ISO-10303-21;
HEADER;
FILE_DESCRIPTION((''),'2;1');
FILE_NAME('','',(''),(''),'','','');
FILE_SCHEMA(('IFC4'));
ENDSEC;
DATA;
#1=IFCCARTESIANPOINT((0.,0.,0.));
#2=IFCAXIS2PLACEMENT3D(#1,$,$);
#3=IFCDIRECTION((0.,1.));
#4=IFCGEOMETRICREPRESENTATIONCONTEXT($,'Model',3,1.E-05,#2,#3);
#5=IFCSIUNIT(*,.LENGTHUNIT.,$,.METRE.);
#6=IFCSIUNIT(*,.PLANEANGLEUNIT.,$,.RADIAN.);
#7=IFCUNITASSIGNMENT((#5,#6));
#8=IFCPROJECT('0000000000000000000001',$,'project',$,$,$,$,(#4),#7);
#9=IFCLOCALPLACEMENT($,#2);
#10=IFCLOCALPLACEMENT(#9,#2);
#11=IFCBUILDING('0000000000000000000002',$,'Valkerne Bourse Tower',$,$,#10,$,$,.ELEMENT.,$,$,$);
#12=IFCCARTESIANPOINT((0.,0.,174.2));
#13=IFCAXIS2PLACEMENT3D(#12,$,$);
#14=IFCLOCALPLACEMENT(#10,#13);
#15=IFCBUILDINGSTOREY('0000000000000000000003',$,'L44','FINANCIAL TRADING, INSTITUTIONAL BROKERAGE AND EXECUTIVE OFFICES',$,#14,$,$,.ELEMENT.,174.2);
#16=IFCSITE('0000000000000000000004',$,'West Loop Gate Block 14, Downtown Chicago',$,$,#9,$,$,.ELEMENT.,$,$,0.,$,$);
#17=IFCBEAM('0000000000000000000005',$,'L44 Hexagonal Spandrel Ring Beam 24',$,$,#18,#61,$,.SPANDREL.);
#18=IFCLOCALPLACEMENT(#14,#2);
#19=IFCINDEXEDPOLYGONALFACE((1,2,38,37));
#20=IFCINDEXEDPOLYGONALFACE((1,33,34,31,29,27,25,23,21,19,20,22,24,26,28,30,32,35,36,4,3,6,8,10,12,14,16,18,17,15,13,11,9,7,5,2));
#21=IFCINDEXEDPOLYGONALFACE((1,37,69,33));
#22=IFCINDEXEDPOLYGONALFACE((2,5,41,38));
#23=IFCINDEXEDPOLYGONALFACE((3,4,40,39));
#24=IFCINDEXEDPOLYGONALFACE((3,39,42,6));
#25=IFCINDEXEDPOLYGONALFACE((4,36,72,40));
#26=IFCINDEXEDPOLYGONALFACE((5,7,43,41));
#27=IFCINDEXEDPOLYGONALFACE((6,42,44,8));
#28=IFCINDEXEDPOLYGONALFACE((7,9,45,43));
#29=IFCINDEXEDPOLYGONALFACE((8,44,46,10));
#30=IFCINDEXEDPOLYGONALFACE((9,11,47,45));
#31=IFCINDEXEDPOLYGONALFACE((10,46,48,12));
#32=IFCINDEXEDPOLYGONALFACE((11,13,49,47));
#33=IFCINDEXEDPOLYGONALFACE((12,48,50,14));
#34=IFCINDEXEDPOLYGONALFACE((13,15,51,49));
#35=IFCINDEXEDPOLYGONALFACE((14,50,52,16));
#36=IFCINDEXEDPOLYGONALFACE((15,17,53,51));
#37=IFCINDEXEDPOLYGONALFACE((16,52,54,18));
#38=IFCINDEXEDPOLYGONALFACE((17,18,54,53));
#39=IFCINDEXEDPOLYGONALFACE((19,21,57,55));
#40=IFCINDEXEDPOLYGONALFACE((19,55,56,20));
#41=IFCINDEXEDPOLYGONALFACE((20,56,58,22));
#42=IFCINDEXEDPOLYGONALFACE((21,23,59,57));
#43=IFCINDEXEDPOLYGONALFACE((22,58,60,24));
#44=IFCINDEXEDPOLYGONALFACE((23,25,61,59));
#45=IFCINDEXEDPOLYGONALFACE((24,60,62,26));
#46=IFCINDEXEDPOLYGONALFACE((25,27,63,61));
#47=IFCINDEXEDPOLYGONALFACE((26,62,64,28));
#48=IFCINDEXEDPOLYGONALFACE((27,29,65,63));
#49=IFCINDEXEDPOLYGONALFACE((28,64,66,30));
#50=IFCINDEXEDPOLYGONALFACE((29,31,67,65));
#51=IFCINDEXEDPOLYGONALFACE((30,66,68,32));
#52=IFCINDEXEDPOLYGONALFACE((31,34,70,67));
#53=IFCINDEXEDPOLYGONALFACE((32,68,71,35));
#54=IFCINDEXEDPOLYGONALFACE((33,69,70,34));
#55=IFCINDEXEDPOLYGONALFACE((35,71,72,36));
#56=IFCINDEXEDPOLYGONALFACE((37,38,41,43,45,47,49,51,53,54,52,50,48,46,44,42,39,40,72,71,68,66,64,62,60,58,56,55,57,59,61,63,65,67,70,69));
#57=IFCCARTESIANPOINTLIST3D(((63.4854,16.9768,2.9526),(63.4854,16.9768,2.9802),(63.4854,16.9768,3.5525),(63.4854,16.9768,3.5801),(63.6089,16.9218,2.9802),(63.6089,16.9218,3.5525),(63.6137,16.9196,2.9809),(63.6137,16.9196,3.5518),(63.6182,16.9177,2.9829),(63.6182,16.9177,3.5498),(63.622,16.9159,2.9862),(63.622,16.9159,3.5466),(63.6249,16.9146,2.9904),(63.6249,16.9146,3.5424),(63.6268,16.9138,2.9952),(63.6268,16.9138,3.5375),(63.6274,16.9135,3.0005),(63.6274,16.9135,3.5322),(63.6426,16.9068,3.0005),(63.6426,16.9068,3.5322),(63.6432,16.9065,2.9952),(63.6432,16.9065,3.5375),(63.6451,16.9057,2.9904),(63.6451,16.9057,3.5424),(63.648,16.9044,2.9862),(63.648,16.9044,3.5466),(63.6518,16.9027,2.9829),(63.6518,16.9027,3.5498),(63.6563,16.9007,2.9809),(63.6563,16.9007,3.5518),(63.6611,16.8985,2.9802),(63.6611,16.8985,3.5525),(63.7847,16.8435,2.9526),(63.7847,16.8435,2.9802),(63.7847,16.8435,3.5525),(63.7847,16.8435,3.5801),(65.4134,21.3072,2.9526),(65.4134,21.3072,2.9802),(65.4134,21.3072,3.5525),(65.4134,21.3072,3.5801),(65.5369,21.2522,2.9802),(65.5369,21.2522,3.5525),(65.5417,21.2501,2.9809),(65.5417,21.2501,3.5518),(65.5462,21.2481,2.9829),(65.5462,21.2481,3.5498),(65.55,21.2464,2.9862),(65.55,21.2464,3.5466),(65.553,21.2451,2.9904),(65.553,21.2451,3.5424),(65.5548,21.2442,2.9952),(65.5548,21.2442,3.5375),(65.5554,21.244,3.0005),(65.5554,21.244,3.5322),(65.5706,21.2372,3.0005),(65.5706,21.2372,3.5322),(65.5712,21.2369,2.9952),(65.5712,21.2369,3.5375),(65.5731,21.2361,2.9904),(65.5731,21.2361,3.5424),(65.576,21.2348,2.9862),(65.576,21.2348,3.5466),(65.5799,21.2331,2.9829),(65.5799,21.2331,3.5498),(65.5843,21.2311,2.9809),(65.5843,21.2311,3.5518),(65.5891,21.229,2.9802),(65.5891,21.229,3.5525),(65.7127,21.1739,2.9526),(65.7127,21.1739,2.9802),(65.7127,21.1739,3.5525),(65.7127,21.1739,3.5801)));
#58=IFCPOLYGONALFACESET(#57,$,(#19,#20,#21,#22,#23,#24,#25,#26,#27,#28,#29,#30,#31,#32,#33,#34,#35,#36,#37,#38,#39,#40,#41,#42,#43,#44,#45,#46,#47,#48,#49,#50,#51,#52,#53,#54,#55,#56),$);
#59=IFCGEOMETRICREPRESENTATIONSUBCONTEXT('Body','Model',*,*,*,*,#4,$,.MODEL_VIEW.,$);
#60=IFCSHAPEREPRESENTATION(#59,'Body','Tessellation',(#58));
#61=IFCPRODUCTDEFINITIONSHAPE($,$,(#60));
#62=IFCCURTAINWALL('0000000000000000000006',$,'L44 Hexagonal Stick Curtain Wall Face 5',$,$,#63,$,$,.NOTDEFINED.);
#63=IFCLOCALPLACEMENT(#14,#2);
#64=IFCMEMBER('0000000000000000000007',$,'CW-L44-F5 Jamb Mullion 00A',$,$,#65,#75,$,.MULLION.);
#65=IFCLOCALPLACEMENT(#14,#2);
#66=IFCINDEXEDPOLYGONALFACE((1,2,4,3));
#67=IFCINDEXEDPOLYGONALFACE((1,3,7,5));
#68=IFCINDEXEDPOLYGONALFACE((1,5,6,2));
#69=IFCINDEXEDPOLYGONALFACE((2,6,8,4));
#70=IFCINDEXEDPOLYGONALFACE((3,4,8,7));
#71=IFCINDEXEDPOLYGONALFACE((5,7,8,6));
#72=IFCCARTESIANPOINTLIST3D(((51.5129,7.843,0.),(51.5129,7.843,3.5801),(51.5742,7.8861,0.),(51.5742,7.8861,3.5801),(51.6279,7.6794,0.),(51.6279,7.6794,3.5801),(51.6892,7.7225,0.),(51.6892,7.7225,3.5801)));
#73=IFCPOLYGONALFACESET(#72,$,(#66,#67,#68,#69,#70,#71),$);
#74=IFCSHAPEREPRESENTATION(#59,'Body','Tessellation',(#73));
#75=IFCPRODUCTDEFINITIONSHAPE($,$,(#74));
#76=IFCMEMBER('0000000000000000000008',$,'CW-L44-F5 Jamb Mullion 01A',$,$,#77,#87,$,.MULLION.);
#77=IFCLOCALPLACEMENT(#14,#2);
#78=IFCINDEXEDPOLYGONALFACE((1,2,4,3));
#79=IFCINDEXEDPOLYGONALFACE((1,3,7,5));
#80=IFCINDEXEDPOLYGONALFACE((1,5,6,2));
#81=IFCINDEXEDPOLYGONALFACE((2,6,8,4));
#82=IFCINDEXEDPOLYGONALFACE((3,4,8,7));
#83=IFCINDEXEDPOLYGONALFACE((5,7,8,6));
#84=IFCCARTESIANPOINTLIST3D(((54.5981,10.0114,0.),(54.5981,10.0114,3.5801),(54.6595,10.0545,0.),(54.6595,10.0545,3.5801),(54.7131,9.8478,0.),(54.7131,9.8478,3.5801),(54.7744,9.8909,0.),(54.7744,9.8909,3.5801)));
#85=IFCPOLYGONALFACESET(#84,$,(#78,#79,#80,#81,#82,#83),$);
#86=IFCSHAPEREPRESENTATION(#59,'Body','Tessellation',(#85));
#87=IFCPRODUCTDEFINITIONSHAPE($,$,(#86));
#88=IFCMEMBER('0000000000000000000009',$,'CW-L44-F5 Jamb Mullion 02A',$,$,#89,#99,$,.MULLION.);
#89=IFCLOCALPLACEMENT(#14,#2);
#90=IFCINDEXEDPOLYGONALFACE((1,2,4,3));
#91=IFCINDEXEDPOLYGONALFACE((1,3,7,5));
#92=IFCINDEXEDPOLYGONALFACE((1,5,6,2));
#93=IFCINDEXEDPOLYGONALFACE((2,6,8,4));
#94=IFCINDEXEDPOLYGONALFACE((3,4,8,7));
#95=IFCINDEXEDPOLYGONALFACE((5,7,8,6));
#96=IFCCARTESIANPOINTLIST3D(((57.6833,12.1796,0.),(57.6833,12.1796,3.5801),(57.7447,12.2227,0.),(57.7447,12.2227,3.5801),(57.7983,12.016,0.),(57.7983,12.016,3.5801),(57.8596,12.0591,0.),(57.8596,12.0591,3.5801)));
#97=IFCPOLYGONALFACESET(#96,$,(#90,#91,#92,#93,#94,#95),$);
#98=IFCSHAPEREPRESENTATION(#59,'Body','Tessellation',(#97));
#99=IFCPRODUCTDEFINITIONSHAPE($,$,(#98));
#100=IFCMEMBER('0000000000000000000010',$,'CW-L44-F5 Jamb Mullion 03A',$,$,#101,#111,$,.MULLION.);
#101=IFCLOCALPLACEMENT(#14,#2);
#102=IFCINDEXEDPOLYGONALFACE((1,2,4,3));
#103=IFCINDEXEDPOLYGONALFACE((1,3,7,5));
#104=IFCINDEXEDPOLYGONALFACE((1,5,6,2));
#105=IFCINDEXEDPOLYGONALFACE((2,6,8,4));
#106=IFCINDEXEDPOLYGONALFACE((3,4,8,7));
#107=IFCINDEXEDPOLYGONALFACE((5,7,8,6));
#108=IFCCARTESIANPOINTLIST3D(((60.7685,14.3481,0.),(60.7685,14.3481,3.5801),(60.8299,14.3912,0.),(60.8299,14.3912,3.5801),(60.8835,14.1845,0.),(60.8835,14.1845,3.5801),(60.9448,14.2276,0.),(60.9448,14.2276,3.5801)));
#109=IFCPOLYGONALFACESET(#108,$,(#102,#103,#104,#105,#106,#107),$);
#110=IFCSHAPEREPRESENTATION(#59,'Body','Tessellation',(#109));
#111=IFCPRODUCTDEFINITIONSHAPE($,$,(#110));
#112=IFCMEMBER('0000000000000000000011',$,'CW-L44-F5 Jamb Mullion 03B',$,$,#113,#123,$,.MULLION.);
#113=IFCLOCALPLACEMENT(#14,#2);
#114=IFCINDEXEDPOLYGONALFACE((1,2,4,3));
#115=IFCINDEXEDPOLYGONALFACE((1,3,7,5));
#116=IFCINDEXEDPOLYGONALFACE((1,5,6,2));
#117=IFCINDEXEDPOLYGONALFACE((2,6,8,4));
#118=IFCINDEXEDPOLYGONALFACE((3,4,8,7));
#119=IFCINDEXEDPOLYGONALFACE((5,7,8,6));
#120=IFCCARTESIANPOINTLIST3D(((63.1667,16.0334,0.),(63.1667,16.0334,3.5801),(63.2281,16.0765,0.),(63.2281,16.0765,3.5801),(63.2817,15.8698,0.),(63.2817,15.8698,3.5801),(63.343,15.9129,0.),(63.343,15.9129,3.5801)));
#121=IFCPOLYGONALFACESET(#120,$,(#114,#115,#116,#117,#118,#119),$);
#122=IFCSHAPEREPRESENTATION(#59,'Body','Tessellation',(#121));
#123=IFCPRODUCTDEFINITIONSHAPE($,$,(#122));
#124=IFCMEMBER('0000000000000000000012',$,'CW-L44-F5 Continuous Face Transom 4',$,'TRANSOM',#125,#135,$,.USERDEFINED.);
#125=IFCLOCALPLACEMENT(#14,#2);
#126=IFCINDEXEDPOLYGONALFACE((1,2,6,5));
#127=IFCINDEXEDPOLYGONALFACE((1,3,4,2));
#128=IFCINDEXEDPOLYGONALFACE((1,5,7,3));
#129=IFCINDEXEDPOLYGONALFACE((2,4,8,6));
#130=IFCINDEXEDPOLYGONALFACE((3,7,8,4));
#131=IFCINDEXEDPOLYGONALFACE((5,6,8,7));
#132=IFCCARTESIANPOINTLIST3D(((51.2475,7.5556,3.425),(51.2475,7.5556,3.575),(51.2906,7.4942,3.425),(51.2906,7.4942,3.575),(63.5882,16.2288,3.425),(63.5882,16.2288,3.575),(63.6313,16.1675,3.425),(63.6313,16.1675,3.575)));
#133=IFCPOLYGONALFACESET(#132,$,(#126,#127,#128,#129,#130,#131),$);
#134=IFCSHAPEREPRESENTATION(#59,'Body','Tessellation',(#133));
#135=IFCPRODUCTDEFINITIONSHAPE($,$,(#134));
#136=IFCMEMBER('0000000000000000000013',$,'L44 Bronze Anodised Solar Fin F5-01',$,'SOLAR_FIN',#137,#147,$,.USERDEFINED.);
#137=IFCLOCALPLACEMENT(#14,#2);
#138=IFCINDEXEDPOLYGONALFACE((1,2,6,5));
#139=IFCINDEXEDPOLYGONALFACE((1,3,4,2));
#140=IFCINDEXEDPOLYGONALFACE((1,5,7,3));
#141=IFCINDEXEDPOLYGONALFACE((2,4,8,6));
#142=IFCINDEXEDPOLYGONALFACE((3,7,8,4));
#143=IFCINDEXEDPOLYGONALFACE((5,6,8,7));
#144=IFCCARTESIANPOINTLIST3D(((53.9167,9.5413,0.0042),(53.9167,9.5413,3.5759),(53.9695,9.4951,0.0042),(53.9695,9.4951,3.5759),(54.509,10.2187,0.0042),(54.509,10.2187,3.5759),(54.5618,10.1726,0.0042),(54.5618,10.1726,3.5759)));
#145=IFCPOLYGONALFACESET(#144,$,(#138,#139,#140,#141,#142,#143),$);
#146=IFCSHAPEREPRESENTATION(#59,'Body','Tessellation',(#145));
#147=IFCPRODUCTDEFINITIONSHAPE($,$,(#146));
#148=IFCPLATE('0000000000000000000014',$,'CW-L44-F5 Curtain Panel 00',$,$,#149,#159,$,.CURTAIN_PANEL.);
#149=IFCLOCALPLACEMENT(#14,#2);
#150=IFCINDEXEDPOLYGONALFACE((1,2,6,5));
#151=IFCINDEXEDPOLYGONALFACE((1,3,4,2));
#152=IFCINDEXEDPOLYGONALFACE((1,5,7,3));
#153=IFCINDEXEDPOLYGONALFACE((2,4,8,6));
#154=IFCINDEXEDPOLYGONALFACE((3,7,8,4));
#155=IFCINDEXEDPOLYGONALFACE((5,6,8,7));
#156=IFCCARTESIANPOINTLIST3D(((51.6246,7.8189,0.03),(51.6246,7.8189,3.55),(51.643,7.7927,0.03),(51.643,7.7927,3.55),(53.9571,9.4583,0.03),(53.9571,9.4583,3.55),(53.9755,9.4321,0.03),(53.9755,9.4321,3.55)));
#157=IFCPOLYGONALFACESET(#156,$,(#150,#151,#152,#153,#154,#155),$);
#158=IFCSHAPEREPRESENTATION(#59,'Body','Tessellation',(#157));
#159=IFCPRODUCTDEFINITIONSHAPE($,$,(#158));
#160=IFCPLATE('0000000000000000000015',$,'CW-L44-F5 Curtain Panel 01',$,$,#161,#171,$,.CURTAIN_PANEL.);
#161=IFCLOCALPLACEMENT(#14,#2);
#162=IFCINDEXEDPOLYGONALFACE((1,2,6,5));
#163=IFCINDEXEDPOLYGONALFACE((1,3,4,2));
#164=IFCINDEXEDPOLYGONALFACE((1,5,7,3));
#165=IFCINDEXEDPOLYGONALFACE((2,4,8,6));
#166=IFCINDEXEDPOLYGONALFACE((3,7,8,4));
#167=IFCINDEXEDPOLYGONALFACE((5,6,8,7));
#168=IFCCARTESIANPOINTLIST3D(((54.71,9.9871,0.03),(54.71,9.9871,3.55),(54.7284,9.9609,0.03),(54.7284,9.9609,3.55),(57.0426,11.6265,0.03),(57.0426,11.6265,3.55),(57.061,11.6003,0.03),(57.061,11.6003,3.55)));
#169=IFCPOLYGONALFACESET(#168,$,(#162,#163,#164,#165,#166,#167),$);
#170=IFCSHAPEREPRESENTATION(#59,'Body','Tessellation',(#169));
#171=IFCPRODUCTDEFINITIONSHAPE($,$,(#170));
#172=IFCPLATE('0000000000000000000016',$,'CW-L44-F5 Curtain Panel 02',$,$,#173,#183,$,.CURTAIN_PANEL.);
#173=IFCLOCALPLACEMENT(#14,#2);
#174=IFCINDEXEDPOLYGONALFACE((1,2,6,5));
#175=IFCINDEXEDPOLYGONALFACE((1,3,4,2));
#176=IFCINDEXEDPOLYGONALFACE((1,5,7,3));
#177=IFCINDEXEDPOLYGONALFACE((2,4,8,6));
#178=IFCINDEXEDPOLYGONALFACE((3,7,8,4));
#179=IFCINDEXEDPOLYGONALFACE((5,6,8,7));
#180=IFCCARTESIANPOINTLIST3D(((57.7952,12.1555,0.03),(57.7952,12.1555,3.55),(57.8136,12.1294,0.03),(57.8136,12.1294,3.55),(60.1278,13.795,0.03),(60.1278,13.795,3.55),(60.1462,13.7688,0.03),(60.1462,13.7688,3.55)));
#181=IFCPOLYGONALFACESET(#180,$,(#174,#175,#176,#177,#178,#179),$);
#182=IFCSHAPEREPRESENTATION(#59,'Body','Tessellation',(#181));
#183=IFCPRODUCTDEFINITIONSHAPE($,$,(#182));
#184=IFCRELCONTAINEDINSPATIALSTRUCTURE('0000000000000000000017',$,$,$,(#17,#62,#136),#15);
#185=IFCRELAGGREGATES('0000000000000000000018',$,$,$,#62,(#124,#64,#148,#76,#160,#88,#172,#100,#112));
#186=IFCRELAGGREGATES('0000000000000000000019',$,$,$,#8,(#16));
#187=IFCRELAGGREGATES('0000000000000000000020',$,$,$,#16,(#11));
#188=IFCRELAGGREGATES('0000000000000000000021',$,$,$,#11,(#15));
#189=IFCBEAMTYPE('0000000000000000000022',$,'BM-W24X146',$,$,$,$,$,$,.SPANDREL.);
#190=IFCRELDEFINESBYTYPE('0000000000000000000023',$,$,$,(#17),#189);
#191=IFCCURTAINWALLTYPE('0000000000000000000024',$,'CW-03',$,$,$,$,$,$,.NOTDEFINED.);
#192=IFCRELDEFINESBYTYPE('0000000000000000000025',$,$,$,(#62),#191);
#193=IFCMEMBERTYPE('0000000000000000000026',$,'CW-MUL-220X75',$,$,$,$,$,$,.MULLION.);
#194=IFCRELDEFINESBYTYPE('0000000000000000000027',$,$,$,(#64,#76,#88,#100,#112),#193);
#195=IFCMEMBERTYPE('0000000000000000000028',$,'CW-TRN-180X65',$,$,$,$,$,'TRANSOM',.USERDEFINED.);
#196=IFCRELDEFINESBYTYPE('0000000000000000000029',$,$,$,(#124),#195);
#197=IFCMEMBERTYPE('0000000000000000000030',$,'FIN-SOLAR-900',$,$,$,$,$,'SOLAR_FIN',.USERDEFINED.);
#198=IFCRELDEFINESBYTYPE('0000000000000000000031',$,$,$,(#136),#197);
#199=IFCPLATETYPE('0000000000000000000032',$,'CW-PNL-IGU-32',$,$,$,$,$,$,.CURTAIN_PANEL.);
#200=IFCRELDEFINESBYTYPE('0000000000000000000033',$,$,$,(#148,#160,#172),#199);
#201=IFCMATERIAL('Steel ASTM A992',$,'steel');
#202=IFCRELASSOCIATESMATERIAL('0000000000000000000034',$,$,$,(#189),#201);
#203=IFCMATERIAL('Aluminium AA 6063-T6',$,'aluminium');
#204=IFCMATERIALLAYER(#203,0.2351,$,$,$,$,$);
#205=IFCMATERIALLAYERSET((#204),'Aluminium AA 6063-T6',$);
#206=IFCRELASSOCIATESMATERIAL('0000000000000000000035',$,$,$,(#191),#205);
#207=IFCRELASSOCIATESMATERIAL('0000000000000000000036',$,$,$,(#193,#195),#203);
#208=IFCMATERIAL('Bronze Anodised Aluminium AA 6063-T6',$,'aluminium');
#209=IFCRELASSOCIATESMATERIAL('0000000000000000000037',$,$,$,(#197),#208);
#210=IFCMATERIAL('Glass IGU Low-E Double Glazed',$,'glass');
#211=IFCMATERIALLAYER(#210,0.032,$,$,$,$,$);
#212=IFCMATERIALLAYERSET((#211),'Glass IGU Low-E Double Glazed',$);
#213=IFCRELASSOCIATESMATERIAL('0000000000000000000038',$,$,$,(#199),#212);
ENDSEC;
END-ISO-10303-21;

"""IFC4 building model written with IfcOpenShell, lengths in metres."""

from ifc_helpers import new_model, si_unit, direction, frame, origin, origin_2d, place, context, subcontext, project, spatial, rectangle, i_section, extrude, material, layer, layer_set, material_profile, profile_set, type_object, element, aggregate, save


model = new_model("IFC4")

# Units and contexts
model_context = context("Model", 3, precision=1e-05, world=origin(), true_north=direction((0.0, 1.0)))
body_context = subcontext(model_context, "Body", "Model", "MODEL_VIEW")
ifc_project = project(units=[si_unit("LENGTHUNIT", "METRE"), si_unit("PLANEANGLEUNIT", "RADIAN")], contexts=[model_context])

# Site, building, storey
site_placement = place(None, origin())
site = spatial("IfcSite", under=ifc_project, at=site_placement, Name="West Loop Gate Block 14, Downtown Chicago", CompositionType="ELEMENT", RefElevation=0.0)
building_placement = place(site_placement, origin())
building = spatial("IfcBuilding", under=site, at=building_placement, Name="Valkerne Bourse Tower", CompositionType="ELEMENT")
storey_placement = place(building_placement, frame((0.0, 0.0, 174.2)))
storey = spatial("IfcBuildingStorey", under=building, at=storey_placement, Name="L44", Description="FINANCIAL TRADING, INSTITUTIONAL BROKERAGE AND EXECUTIVE OFFICES", CompositionType="ELEMENT", Elevation=174.2)

# Beam
ifc_material_1 = material(Name="Steel ASTM A992", Category="steel")
ifc_material_profile_1 = material_profile(ifc_material_1, i_section(OverallWidth=0.3276, OverallDepth=0.6274, WebThickness=0.0166, FlangeThickness=0.0276, FilletRadius=0.0203, at=origin_2d()), Name="W24X146")
ifc_profile_set_1 = profile_set([ifc_material_profile_1], Name="Steel ASTM A992")
beam_type = type_object("IfcBeamType", Name="BM-W24X146", PredefinedType="SPANDREL", material=ifc_profile_set_1)
beam_1_placement = place(storey_placement, frame((63.635, 16.9102, 3.2664), z_axis=(0.406736, 0.913546, 0.0), x_axis=(-0.913546, 0.406736, 0.0)))
element("IfcBeam", 1, at=beam_1_placement, inside=storey, type_object=beam_type, Name="L44 Hexagonal Spandrel Ring Beam 24", PredefinedType="SPANDREL", context=body_context, shape_type="SweptSolid", body=[
    extrude(i_section(OverallWidth=0.3276, OverallDepth=0.6274, WebThickness=0.0166, FlangeThickness=0.0276, FilletRadius=0.0203, at=origin_2d()), origin(), (0.0, 0.0, 1.0), 4.7402),
])

# Curtain wall, members
ifc_material_2 = material(Name="Aluminium AA 6063-T6", Category="aluminium")
ifc_layer_1 = layer(ifc_material_2, 0.2351)
ifc_layer_set_1 = layer_set([ifc_layer_1], Name="Aluminium AA 6063-T6")
curtain_wall_type = type_object("IfcCurtainWallType", Name="CW-03", PredefinedType="NOTDEFINED", material=ifc_layer_set_1)
curtain_wall_placement = place(storey_placement, origin())
curtain_wall = element("IfcCurtainWall", 2, at=curtain_wall_placement, inside=storey, type_object=curtain_wall_type, Name="L44 Hexagonal Stick Curtain Wall Face 5", PredefinedType="NOTDEFINED")
ifc_material_profile_2 = material_profile(ifc_material_2, rectangle(XDim=0.075, YDim=0.2, at=origin_2d()), Name="CWM-75X200")
ifc_profile_set_2 = profile_set([ifc_material_profile_2], Name="Aluminium AA 6063-T6")
member_type_1 = type_object("IfcMemberType", Name="CW-MUL-220X75", PredefinedType="MULLION", material=ifc_profile_set_2)
member_1_placement = place(storey_placement, frame((51.6011, 7.7827, 0.0), z_axis=(0.0, 0.0, 1.0), x_axis=(0.818139, 0.57502, 0.0)))
member_1 = element("IfcMember", 3, at=member_1_placement, type_object=member_type_1, Name="CW-L44-F5 Jamb Mullion 00A", PredefinedType="MULLION", context=body_context, shape_type="SweptSolid", body=[
    extrude(rectangle(XDim=0.075, YDim=0.2, at=origin_2d()), origin(), (0.0, 0.0, 1.0), 3.5801),
])
member_2_placement = place(storey_placement, frame((54.6863, 9.9512, 0.0), z_axis=(0.0, 0.0, 1.0), x_axis=(0.81816, 0.57499, 0.0)))
member_2 = element("IfcMember", 4, at=member_2_placement, type_object=member_type_1, Name="CW-L44-F5 Jamb Mullion 01A", PredefinedType="MULLION", context=body_context, shape_type="SweptSolid", body=[
    extrude(rectangle(XDim=0.075, YDim=0.2, at=origin_2d()), origin(), (0.0, 0.0, 1.0), 3.5801),
])
member_3_placement = place(storey_placement, frame((57.7715, 12.1194, 0.0), z_axis=(0.0, 0.0, 1.0), x_axis=(0.818139, 0.57502, 0.0)))
member_3 = element("IfcMember", 5, at=member_3_placement, type_object=member_type_1, Name="CW-L44-F5 Jamb Mullion 02A", PredefinedType="MULLION", context=body_context, shape_type="SweptSolid", body=[
    extrude(rectangle(XDim=0.075, YDim=0.2, at=origin_2d()), origin(), (0.0, 0.0, 1.0), 3.5801),
])
member_4_placement = place(storey_placement, frame((60.8567, 14.2878, 0.0), z_axis=(0.0, 0.0, 1.0), x_axis=(0.818152, 0.575003, 0.0)))
member_4 = element("IfcMember", 6, at=member_4_placement, type_object=member_type_1, Name="CW-L44-F5 Jamb Mullion 03A", PredefinedType="MULLION", context=body_context, shape_type="SweptSolid", body=[
    extrude(rectangle(XDim=0.075, YDim=0.2, at=origin_2d()), origin(), (0.0, 0.0, 1.0), 3.5801),
])
member_5_placement = place(storey_placement, frame((63.2549, 15.9731, 0.0), z_axis=(0.0, 0.0, 1.0), x_axis=(0.818152, 0.575003, 0.0)))
member_5 = element("IfcMember", 7, at=member_5_placement, type_object=member_type_1, Name="CW-L44-F5 Jamb Mullion 03B", PredefinedType="MULLION", context=body_context, shape_type="SweptSolid", body=[
    extrude(rectangle(XDim=0.075, YDim=0.2, at=origin_2d()), origin(), (0.0, 0.0, 1.0), 3.5801),
])
ifc_material_profile_3 = material_profile(ifc_material_2, rectangle(XDim=0.075, YDim=0.1499, at=origin_2d()), Name="CWT-75X150")
ifc_profile_set_3 = profile_set([ifc_material_profile_3], Name="Aluminium AA 6063-T6")
member_type_2 = type_object("IfcMemberType", Name="CW-TRN-180X65", ElementType="TRANSOM", PredefinedType="USERDEFINED", material=ifc_profile_set_3)
member_6_placement = place(storey_placement, frame((51.269, 7.5249, 3.5), z_axis=(0.818148, 0.575008, 0.0), x_axis=(-0.575008, 0.818148, 0.0)))
member_6 = element("IfcMember", 8, at=member_6_placement, type_object=member_type_2, Name="CW-L44-F5 Continuous Face Transom 4", ObjectType="TRANSOM", PredefinedType="USERDEFINED", context=body_context, shape_type="SweptSolid", body=[
    extrude(rectangle(XDim=0.075, YDim=0.1499, at=origin_2d()), origin(), (0.0, 0.0, 1.0), 15.0837),
])

# Member
ifc_material_3 = material(Name="Bronze Anodised Aluminium AA 6063-T6", Category="aluminium")
ifc_material_profile_4 = material_profile(ifc_material_3, rectangle(XDim=0.0701, YDim=0.8999, at=origin_2d()), Name="FIN-70X900")
ifc_profile_set_4 = profile_set([ifc_material_profile_4], Name="Bronze Anodised Aluminium AA 6063-T6")
member_type_3 = type_object("IfcMemberType", Name="FIN-SOLAR-900", ElementType="SOLAR_FIN", PredefinedType="USERDEFINED", material=ifc_profile_set_4)
member_7_placement = place(storey_placement, frame((54.2393, 9.8569, 0.0042), z_axis=(0.0, 0.0, 1.0), x_axis=(0.752841, -0.658202, 0.0)))
element("IfcMember", 9, at=member_7_placement, inside=storey, type_object=member_type_3, Name="L44 Bronze Anodised Solar Fin F5-01", ObjectType="SOLAR_FIN", PredefinedType="USERDEFINED", context=body_context, shape_type="SweptSolid", body=[
    extrude(rectangle(XDim=0.0701, YDim=0.8999, at=origin_2d()), origin(), (0.0, 0.0, 1.0), 3.5718),
])

# Plates
ifc_material_4 = material(Name="Glass IGU Low-E Double Glazed", Category="glass")
ifc_layer_2 = layer(ifc_material_4, 0.032)
ifc_layer_set_2 = layer_set([ifc_layer_2], Name="Glass IGU Low-E Double Glazed")
plate_type = type_object("IfcPlateType", Name="CW-PNL-IGU-32", PredefinedType="CURTAIN_PANEL", material=ifc_layer_set_2)
plate_1_placement = place(storey_placement, frame((52.8, 8.6255, 0.03), z_axis=(0.0, 0.0, 1.0), x_axis=(0.818139, 0.57502, 0.0)))
plate_1 = element("IfcPlate", 10, at=plate_1_placement, type_object=plate_type, Name="CW-L44-F5 Curtain Panel 00", PredefinedType="CURTAIN_PANEL", context=body_context, shape_type="SweptSolid", body=[
    extrude(rectangle(XDim=2.8511, YDim=0.032, at=origin_2d()), origin(), (0.0, 0.0, 1.0), 3.52),
])
plate_2_placement = place(storey_placement, frame((55.8855, 10.7937, 0.03), z_axis=(0.0, 0.0, 1.0), x_axis=(0.81816, 0.57499, 0.0)))
plate_2 = element("IfcPlate", 11, at=plate_2_placement, type_object=plate_type, Name="CW-L44-F5 Curtain Panel 01", PredefinedType="CURTAIN_PANEL", context=body_context, shape_type="SweptSolid", body=[
    extrude(rectangle(XDim=2.8511, YDim=0.032, at=origin_2d()), origin(), (0.0, 0.0, 1.0), 3.52),
])
plate_3_placement = place(storey_placement, frame((58.9707, 12.9622, 0.03), z_axis=(0.0, 0.0, 1.0), x_axis=(0.818139, 0.57502, 0.0)))
plate_3 = element("IfcPlate", 12, at=plate_3_placement, type_object=plate_type, Name="CW-L44-F5 Curtain Panel 02", PredefinedType="CURTAIN_PANEL", context=body_context, shape_type="SweptSolid", body=[
    extrude(rectangle(XDim=2.8511, YDim=0.032, at=origin_2d()), origin(), (0.0, 0.0, 1.0), 3.52),
])
aggregate(curtain_wall, [member_6, member_1, plate_1, member_2, plate_2, member_3, plate_3, member_4, member_5])

save(model, "model.ifc")
